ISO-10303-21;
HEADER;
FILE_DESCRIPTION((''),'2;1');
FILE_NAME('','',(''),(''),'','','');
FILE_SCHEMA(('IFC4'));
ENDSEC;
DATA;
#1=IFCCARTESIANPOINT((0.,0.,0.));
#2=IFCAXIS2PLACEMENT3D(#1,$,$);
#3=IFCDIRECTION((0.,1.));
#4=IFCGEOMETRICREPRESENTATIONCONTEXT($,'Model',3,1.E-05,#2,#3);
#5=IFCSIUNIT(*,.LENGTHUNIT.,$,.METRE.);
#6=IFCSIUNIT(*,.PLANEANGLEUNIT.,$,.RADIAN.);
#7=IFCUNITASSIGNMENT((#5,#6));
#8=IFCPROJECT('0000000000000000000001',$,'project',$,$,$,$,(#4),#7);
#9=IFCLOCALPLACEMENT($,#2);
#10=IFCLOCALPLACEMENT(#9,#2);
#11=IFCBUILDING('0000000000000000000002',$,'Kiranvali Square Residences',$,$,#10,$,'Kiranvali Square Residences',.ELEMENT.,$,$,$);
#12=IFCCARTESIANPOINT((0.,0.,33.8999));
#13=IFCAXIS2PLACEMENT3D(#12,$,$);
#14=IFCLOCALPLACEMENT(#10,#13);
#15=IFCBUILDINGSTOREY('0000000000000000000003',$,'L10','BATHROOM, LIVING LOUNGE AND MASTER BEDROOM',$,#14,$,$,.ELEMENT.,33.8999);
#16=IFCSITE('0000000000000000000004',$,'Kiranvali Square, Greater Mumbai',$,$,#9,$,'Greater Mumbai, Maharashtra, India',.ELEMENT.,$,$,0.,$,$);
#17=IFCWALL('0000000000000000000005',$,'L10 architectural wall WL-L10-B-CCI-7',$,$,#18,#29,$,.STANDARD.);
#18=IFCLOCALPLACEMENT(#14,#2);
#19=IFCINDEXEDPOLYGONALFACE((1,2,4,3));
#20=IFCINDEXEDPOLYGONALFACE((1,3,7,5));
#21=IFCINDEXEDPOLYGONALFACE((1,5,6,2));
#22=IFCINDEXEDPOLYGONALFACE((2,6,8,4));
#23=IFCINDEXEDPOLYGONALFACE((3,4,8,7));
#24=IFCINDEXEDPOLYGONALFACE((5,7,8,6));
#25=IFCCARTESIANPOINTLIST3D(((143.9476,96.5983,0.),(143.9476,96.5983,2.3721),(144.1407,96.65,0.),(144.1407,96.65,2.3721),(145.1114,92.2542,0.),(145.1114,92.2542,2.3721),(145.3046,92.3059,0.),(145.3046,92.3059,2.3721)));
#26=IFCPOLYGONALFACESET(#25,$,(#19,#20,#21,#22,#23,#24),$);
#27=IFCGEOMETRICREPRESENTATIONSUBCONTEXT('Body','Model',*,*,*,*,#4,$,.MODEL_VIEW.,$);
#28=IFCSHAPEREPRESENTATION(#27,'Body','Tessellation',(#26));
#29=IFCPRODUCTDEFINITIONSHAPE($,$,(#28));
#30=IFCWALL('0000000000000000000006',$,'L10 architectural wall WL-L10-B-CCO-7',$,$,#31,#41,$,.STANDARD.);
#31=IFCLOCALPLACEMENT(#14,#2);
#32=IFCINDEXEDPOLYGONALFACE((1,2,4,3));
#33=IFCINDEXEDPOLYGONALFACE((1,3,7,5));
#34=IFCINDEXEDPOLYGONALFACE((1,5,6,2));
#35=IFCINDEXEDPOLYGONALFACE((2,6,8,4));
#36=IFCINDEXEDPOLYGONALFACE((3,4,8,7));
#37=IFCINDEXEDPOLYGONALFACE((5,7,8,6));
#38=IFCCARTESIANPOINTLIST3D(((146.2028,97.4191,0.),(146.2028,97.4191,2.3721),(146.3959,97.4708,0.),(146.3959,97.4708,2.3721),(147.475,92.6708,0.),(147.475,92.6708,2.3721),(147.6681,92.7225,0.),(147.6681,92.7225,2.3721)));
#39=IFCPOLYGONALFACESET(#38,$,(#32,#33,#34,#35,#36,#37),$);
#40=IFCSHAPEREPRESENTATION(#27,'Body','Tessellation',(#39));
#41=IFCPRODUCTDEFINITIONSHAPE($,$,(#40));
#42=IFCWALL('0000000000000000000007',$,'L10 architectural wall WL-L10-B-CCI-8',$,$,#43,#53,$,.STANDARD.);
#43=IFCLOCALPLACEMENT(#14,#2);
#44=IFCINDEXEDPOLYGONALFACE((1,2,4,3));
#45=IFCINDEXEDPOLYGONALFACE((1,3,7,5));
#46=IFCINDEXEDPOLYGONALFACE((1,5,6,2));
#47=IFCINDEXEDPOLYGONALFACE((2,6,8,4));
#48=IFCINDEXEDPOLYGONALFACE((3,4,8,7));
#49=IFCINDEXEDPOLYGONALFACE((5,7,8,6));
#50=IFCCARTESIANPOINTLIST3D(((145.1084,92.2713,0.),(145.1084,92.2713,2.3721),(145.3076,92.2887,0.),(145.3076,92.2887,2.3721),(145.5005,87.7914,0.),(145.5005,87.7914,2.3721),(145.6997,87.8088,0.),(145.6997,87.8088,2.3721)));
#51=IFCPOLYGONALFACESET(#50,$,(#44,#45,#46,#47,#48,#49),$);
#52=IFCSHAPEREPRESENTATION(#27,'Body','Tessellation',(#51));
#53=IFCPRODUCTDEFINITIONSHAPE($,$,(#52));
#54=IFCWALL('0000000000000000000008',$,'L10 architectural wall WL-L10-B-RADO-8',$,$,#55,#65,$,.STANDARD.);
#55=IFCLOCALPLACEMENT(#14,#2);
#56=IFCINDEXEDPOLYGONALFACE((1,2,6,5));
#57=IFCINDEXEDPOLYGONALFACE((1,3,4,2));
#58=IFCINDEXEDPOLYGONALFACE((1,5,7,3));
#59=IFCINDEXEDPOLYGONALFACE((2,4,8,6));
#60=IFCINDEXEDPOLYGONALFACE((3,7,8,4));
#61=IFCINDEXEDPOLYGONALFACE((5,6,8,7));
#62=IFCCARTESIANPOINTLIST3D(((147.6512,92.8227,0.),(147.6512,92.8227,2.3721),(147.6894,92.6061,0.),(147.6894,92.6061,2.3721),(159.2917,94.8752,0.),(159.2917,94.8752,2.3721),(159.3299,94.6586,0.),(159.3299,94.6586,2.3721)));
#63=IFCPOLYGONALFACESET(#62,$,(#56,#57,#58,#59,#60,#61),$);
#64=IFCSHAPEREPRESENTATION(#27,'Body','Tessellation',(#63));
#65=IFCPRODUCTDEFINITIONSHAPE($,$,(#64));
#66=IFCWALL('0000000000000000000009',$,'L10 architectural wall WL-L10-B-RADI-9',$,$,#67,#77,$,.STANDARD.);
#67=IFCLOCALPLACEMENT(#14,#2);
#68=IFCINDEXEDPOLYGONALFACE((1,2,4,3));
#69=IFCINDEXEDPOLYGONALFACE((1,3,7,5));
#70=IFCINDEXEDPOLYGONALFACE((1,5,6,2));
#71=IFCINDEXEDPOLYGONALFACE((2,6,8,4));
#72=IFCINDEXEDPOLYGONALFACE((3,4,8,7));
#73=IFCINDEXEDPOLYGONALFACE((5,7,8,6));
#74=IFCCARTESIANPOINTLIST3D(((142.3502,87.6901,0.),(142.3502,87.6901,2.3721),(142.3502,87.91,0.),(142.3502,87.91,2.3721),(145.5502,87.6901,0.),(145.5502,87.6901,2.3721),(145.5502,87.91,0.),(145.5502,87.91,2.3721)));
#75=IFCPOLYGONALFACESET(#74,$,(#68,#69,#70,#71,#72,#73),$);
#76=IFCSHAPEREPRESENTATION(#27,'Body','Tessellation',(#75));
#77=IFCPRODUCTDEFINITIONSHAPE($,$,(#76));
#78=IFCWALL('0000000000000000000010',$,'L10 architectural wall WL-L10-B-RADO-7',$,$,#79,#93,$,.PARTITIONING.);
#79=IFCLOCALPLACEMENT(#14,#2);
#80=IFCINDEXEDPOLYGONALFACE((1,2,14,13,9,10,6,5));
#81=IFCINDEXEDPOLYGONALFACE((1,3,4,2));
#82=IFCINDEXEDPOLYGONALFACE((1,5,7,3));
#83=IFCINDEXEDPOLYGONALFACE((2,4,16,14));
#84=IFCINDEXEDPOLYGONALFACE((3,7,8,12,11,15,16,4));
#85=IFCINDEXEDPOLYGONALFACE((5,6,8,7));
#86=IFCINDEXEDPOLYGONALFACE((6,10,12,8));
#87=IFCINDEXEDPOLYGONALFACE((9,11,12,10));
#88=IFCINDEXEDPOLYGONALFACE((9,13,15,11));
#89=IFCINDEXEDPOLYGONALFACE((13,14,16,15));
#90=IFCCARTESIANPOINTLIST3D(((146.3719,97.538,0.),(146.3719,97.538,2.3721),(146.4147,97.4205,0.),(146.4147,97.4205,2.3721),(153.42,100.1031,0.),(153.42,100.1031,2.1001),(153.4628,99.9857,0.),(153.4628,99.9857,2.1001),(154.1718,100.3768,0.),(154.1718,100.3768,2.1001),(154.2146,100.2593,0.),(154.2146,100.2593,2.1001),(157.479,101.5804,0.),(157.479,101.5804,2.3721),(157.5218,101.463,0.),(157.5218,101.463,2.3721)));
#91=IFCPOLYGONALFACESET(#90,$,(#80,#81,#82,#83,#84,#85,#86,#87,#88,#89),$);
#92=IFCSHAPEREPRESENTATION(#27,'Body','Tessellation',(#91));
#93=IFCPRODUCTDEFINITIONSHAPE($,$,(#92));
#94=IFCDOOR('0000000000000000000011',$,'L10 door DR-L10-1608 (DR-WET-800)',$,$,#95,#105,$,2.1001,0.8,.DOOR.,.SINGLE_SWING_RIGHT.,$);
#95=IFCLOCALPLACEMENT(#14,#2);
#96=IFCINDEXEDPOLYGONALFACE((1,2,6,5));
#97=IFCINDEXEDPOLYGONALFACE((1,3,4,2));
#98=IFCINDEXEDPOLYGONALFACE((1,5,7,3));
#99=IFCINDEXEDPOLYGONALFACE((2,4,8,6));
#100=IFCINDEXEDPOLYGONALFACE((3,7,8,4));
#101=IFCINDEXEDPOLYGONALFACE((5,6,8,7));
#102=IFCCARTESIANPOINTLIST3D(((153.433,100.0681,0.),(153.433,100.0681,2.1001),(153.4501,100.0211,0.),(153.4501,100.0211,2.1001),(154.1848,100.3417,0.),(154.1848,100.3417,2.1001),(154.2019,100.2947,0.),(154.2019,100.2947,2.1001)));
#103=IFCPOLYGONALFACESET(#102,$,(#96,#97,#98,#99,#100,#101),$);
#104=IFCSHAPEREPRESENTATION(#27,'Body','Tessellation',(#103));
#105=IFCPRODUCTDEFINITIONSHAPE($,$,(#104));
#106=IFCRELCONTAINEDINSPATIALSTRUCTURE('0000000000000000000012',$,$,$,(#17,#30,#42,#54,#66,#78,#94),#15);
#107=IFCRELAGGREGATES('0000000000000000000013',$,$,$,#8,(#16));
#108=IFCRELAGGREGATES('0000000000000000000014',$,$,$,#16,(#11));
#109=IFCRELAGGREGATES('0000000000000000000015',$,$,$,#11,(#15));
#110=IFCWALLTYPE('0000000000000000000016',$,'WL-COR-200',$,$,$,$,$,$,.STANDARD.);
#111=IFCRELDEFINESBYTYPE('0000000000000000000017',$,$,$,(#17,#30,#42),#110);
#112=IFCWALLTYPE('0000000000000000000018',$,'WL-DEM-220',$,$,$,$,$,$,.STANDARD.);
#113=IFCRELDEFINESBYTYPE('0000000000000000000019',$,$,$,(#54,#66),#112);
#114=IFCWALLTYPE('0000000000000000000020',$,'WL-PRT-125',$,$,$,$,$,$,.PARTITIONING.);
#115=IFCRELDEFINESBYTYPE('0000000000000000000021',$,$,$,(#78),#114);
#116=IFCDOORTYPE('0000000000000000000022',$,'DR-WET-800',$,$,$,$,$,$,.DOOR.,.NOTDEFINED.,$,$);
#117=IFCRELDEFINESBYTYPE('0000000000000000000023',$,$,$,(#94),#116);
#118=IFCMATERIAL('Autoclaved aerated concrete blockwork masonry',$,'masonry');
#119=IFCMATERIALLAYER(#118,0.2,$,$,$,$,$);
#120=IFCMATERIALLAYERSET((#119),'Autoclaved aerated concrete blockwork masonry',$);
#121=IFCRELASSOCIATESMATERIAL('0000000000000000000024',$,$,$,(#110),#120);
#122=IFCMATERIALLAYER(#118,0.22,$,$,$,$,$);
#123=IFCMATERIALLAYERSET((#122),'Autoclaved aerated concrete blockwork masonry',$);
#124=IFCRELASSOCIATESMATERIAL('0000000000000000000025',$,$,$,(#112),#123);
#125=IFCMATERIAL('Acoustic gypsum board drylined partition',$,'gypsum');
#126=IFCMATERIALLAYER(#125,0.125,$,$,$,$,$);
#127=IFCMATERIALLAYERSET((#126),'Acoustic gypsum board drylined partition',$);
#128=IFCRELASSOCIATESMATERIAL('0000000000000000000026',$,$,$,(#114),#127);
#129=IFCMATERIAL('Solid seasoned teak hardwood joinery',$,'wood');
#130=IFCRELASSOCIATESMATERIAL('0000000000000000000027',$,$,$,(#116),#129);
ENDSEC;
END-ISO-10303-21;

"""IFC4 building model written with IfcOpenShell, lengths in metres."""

from ifc_helpers import new_model, si_unit, direction, frame, frame_2d, origin, place, context, subcontext, project, spatial, rectangle, extrude, material, layer, layer_set, type_object, element, fill, save


model = new_model("IFC4")

# Units and contexts
model_context = context("Model", 3, precision=1e-05, world=origin(), true_north=direction((0.0, 1.0)))
body_context = subcontext(model_context, "Body", "Model", "MODEL_VIEW")
ifc_project = project(units=[si_unit("LENGTHUNIT", "METRE"), si_unit("PLANEANGLEUNIT", "RADIAN")], contexts=[model_context])

# Site, building, storey
site_placement = place(None, origin())
site = spatial("IfcSite", under=ifc_project, at=site_placement, Name="Kiranvali Square, Greater Mumbai", LongName="Greater Mumbai, Maharashtra, India", CompositionType="ELEMENT", RefElevation=0.0)
building_placement = place(site_placement, origin())
building = spatial("IfcBuilding", under=site, at=building_placement, Name="Kiranvali Square Residences", LongName="Kiranvali Square Residences", CompositionType="ELEMENT")
storey_placement = place(building_placement, frame((0.0, 0.0, 33.8999)))
storey = spatial("IfcBuildingStorey", under=building, at=storey_placement, Name="L10", Description="BATHROOM, LIVING LOUNGE AND MASTER BEDROOM", CompositionType="ELEMENT", Elevation=33.8999)

# Walls
ifc_material_1 = material(Name="Autoclaved aerated concrete blockwork masonry", Category="masonry")
ifc_layer_1 = layer(ifc_material_1, 0.2)
ifc_layer_set_1 = layer_set([ifc_layer_1], Name="Autoclaved aerated concrete blockwork masonry")
wall_type_1 = type_object("IfcWallType", Name="WL-COR-200", PredefinedType="STANDARD", material=ifc_layer_set_1)
wall_1_placement = place(storey_placement, frame((144.0442, 96.624, 0.0), z_axis=(0.0, 0.0, 1.0), x_axis=(0.258788, -0.965934, 0.0)))
element("IfcWall", 1, at=wall_1_placement, inside=storey, type_object=wall_type_1, Name="L10 architectural wall WL-L10-B-CCI-7", PredefinedType="STANDARD", context=body_context, shape_type="SweptSolid", body=[
    extrude(rectangle(XDim=4.4973, YDim=0.2, at=frame_2d((2.2485, 0.0))), origin(), (0.0, 0.0, 1.0), 2.3721),
])
wall_2_placement = place(storey_placement, frame((146.2993, 97.4451, 0.0), z_axis=(0.0, 0.0, 1.0), x_axis=(0.258803, -0.96593, 0.0)))
element("IfcWall", 2, at=wall_2_placement, inside=storey, type_object=wall_type_1, Name="L10 architectural wall WL-L10-B-CCO-7", PredefinedType="STANDARD", context=body_context, shape_type="SweptSolid", body=[
    extrude(rectangle(XDim=4.9158, YDim=0.2, at=frame_2d((2.458, 0.0))), origin(), (0.0, 0.0, 1.0), 2.3721),
])
wall_3_placement = place(storey_placement, frame((145.208, 92.28, 0.0), z_axis=(0.0, 0.0, 1.0), x_axis=(0.087187, -0.996192, 0.0)))
element("IfcWall", 3, at=wall_3_placement, inside=storey, type_object=wall_type_1, Name="L10 architectural wall WL-L10-B-CCI-8", PredefinedType="STANDARD", context=body_context, shape_type="SweptSolid", body=[
    extrude(rectangle(XDim=4.4971, YDim=0.2, at=frame_2d((2.2485, 0.0))), origin(), (0.0, 0.0, 1.0), 2.3721),
])

# Walls
ifc_layer_2 = layer(ifc_material_1, 0.22)
ifc_layer_set_2 = layer_set([ifc_layer_2], Name="Autoclaved aerated concrete blockwork masonry")
wall_type_2 = type_object("IfcWallType", Name="WL-DEM-220", PredefinedType="STANDARD", material=ifc_layer_set_2)
wall_4_placement = place(storey_placement, frame((147.6702, 92.7144, 0.0), z_axis=(0.0, 0.0, 1.0), x_axis=(0.984808, 0.173646, 0.0)))
element("IfcWall", 4, at=wall_4_placement, inside=storey, type_object=wall_type_2, Name="L10 architectural wall WL-L10-B-RADO-8", PredefinedType="STANDARD", context=body_context, shape_type="SweptSolid", body=[
    extrude(rectangle(XDim=11.8201, YDim=0.22, at=frame_2d((5.9102, 0.0))), origin(), (0.0, 0.0, 1.0), 2.3721),
])
wall_5_placement = place(storey_placement, frame((142.3501, 87.8, 0.0), z_axis=(0.0, 0.0, 1.0), x_axis=(1.0, 0.0, 0.0)))
element("IfcWall", 5, at=wall_5_placement, inside=storey, type_object=wall_type_2, Name="L10 architectural wall WL-L10-B-RADI-9", PredefinedType="STANDARD", context=body_context, shape_type="SweptSolid", body=[
    extrude(rectangle(XDim=3.2, YDim=0.22, at=frame_2d((1.6001, 0.0))), origin(), (0.0, 0.0, 1.0), 2.3721),
])

# Wall, opening, door
ifc_material_2 = material(Name="Acoustic gypsum board drylined partition", Category="gypsum")
ifc_layer_3 = layer(ifc_material_2, 0.125)
ifc_layer_set_3 = layer_set([ifc_layer_3], Name="Acoustic gypsum board drylined partition")
wall_type_3 = type_object("IfcWallType", Name="WL-PRT-125", PredefinedType="PARTITIONING", material=ifc_layer_set_3)
wall_6_placement = place(storey_placement, frame((146.3933, 97.4792, 0.0), z_axis=(0.0, 0.0, 1.0), x_axis=(0.939698, 0.342005, 0.0)))
wall_6 = element("IfcWall", 6, at=wall_6_placement, inside=storey, type_object=wall_type_3, Name="L10 architectural wall WL-L10-B-RADO-7", PredefinedType="PARTITIONING", context=body_context, shape_type="SweptSolid", body=[
    extrude(rectangle(XDim=11.8198, YDim=0.125, at=frame_2d((5.9099, 0.0))), origin(), (0.0, 0.0, 1.0), 2.3721),
])
opening_1_placement = place(wall_6_placement, frame((7.5005, 0.0, 0.0)))
opening_1 = element("IfcOpeningElement", 7, at=opening_1_placement, cuts=wall_6, PredefinedType="OPENING", context=body_context, shape_type="SweptSolid", body=[
    extrude(rectangle(XDim=0.8, YDim=2.1001, at=frame_2d((0.3999, 1.05))), frame((0.0, 0.0725, 0.0), z_axis=(0.0, -1.0, 0.0), x_axis=(1.0, 0.0, 0.0)), (0.0, 0.0, 1.0), 0.145),
])
ifc_material_3 = material(Name="Solid seasoned teak hardwood joinery", Category="wood")
door_type_1 = type_object("IfcDoorType", Name="DR-WET-800", OperationType="NOTDEFINED", PredefinedType="DOOR", material=ifc_material_3)
door_1_placement = place(opening_1_placement, frame((0.8, 0.0, 0.0), z_axis=(0.0, 0.0, 1.0), x_axis=(-1.0, 0.0, 0.0)))
door_1 = element("IfcDoor", 8, at=door_1_placement, inside=storey, type_object=door_type_1, Name="L10 door DR-L10-1608 (DR-WET-800)", OperationType="SINGLE_SWING_RIGHT", OverallHeight=2.1001, OverallWidth=0.8, PredefinedType="DOOR", context=body_context, shape_type="SweptSolid", body=[
    extrude(rectangle(XDim=0.8, YDim=2.1001, at=frame_2d((0.3999, 1.05))), frame((0.0, 0.0249, 0.0), z_axis=(0.0, -1.0, 0.0), x_axis=(1.0, 0.0, 0.0)), (0.0, 0.0, 1.0), 0.05),
])
fill(opening_1, door_1)

save(model, "model.ifc")
